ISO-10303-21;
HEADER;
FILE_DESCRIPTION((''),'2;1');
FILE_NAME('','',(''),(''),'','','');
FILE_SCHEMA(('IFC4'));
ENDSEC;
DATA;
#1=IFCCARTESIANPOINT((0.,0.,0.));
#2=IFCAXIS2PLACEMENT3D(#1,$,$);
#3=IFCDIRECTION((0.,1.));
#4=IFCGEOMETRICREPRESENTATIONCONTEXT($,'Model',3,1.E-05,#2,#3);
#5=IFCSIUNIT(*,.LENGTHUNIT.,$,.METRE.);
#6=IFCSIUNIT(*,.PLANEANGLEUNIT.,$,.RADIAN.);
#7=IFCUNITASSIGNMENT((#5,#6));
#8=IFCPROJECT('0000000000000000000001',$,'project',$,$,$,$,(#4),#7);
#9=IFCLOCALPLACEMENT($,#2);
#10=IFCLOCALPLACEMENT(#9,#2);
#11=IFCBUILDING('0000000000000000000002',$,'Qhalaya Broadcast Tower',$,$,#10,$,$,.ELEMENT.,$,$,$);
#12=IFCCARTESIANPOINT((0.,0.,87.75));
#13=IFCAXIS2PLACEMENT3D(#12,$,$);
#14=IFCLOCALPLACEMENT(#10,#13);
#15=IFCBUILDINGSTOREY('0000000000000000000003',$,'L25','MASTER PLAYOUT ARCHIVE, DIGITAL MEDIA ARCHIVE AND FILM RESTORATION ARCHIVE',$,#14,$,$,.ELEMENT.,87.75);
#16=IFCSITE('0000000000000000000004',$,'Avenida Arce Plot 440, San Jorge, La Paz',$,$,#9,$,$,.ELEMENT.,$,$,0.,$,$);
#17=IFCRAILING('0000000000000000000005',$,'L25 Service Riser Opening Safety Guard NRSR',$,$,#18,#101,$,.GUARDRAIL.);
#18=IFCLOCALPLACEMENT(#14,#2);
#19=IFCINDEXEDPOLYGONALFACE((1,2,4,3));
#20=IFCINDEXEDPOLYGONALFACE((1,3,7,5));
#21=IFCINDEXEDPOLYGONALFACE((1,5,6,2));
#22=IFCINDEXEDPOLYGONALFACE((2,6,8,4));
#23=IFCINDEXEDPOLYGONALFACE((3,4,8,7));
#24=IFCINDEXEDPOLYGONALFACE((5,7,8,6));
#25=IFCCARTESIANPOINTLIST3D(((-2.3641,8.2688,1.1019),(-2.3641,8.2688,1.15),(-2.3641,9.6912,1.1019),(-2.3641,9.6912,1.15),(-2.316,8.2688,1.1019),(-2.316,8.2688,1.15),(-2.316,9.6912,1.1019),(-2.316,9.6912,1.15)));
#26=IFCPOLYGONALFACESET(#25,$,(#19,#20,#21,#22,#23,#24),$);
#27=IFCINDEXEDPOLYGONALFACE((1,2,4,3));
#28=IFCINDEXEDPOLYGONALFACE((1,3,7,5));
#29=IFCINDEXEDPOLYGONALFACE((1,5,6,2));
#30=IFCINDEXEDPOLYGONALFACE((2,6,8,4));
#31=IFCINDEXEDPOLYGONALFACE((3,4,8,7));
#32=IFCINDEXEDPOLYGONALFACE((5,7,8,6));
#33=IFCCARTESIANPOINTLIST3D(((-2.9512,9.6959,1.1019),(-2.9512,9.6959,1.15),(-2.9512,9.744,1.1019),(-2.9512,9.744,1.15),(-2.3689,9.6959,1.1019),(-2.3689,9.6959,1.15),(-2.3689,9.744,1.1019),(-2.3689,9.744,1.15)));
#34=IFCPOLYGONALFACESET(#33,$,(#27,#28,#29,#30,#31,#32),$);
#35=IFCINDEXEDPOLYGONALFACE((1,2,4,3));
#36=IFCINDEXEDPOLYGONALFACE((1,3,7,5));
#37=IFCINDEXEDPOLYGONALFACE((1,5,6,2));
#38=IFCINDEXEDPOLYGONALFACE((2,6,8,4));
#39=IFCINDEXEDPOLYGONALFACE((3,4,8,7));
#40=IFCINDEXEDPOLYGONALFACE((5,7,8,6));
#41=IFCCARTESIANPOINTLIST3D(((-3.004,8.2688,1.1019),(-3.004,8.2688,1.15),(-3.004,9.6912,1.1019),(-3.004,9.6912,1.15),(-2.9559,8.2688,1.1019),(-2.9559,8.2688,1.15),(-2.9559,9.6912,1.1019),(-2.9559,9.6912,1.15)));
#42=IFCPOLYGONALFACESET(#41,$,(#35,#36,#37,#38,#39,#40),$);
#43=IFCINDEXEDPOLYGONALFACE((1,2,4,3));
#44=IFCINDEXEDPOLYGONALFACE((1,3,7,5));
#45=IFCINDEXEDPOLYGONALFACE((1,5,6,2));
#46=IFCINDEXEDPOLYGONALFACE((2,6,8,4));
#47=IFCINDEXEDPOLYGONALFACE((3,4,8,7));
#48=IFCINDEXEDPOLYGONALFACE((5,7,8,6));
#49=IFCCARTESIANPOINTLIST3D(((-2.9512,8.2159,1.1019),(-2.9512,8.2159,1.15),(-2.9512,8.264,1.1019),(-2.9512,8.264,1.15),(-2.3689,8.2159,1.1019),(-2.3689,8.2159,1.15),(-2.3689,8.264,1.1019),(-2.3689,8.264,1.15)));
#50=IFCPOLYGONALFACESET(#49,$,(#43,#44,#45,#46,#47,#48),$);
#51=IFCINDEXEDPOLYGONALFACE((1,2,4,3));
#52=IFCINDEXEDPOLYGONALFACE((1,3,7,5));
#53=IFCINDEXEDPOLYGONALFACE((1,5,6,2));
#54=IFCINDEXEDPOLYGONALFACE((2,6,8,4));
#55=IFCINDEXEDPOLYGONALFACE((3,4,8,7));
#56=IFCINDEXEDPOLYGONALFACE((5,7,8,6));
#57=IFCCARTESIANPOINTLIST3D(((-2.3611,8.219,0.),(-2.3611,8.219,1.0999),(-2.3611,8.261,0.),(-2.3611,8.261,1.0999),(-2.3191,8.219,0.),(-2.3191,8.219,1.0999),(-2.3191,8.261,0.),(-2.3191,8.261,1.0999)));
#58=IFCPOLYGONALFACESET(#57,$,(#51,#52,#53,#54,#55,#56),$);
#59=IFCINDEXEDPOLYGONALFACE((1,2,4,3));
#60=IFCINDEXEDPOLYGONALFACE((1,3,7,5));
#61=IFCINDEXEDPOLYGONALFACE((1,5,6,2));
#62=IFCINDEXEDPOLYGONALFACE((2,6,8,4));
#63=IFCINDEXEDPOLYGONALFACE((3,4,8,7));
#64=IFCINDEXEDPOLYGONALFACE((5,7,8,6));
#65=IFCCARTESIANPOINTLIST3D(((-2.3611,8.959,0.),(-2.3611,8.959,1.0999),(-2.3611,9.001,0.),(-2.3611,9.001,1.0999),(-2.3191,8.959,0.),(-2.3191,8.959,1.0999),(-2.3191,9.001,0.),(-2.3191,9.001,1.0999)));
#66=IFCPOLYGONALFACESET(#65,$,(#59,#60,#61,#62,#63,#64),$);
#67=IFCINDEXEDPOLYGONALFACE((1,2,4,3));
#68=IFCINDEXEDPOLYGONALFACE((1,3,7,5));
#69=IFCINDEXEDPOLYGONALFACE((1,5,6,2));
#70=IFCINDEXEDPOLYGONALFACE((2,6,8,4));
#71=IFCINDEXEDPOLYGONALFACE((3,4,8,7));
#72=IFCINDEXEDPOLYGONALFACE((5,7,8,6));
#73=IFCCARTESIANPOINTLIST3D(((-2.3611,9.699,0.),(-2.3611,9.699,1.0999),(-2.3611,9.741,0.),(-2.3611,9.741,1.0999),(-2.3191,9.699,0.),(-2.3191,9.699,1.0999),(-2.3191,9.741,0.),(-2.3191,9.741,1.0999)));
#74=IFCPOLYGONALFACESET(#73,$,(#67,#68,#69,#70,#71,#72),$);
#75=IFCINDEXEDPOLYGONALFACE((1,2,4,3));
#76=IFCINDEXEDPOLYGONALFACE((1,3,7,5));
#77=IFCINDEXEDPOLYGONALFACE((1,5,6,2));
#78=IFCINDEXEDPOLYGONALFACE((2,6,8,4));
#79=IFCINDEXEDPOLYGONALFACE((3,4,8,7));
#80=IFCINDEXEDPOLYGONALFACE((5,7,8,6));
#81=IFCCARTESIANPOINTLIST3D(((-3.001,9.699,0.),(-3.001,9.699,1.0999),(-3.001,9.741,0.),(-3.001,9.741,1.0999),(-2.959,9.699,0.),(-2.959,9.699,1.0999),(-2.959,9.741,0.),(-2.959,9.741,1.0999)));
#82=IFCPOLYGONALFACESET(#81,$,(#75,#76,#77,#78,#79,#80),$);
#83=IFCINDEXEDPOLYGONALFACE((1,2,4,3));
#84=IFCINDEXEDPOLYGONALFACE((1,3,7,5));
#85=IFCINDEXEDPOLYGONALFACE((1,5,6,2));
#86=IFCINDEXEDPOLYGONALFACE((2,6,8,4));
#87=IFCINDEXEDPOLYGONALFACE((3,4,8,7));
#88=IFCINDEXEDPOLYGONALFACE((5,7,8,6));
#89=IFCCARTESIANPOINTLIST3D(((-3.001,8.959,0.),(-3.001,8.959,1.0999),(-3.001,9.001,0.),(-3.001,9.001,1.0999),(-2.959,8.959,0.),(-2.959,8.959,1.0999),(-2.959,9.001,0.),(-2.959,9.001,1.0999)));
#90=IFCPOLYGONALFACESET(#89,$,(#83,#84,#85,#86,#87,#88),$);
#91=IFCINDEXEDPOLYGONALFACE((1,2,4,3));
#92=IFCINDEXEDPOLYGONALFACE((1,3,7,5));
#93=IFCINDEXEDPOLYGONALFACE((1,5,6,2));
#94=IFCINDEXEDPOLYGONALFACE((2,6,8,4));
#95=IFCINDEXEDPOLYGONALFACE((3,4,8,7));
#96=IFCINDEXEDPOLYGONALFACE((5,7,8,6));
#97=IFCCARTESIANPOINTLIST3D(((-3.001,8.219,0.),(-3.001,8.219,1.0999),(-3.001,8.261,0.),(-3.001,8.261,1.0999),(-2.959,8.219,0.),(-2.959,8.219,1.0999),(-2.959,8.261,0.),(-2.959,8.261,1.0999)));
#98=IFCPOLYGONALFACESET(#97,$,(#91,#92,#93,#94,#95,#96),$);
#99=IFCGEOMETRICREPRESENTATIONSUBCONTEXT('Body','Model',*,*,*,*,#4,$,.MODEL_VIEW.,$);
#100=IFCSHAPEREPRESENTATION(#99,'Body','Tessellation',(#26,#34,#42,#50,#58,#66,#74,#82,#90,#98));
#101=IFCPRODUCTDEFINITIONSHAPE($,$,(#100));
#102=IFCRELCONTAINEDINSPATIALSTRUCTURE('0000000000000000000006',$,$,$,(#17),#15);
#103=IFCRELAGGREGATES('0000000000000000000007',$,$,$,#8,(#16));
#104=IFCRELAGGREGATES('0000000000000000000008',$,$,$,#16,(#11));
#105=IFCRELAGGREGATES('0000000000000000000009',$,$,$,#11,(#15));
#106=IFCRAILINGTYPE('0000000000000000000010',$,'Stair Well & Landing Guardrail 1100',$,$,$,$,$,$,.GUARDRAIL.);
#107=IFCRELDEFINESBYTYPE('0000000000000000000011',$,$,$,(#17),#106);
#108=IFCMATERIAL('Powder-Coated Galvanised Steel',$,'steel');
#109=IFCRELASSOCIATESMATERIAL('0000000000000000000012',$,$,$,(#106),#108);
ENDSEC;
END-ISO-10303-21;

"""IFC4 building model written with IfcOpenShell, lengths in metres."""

from ifc_helpers import new_model, si_unit, direction, frame, origin, origin_2d, place, context, subcontext, project, spatial, rectangle, extrude, material, type_object, element, save


model = new_model("IFC4")

# Units and contexts
model_context = context("Model", 3, precision=1e-05, world=origin(), true_north=direction((0.0, 1.0)))
body_context = subcontext(model_context, "Body", "Model", "MODEL_VIEW")
ifc_project = project(units=[si_unit("LENGTHUNIT", "METRE"), si_unit("PLANEANGLEUNIT", "RADIAN")], contexts=[model_context])

# Site, building, storey
site_placement = place(None, origin())
site = spatial("IfcSite", under=ifc_project, at=site_placement, Name="Avenida Arce Plot 440, San Jorge, La Paz", CompositionType="ELEMENT", RefElevation=0.0)
building_placement = place(site_placement, origin())
building = spatial("IfcBuilding", under=site, at=building_placement, Name="Qhalaya Broadcast Tower", CompositionType="ELEMENT")
storey_placement = place(building_placement, frame((0.0, 0.0, 87.75)))
storey = spatial("IfcBuildingStorey", under=building, at=storey_placement, Name="L25", Description="MASTER PLAYOUT ARCHIVE, DIGITAL MEDIA ARCHIVE AND FILM RESTORATION ARCHIVE", CompositionType="ELEMENT", Elevation=87.75)

# Railing
ifc_material_1 = material(Name="Powder-Coated Galvanised Steel", Category="steel")
railing_type = type_object("IfcRailingType", Name="Stair Well & Landing Guardrail 1100", PredefinedType="GUARDRAIL", material=ifc_material_1)
railing_placement = place(storey_placement, frame((-2.3401, 8.24, 0.0)))
element("IfcRailing", 1, at=railing_placement, inside=storey, type_object=railing_type, Name="L25 Service Riser Opening Safety Guard NRSR", PredefinedType="GUARDRAIL", context=body_context, shape_type="SweptSolid", body=[
    extrude(rectangle(XDim=0.0481, YDim=0.0481, at=origin_2d()), frame((0.0, 0.0288, 1.126), z_axis=(0.0, 1.0, 0.0), x_axis=(-1.0, 0.0, 0.0)), (0.0, 0.0, 1.0), 1.4224),
    extrude(rectangle(XDim=0.0481, YDim=0.0481, at=origin_2d()), frame((-0.0288, 1.48, 1.126), z_axis=(-1.0, 0.0, 0.0), x_axis=(0.0, -1.0, 0.0)), (0.0, 0.0, 1.0), 0.5823),
    extrude(rectangle(XDim=0.0481, YDim=0.0481, at=origin_2d()), frame((-0.6399, 1.4512, 1.126), z_axis=(0.0, -1.0, 0.0), x_axis=(1.0, 0.0, 0.0)), (0.0, 0.0, 1.0), 1.4224),
    extrude(rectangle(XDim=0.0481, YDim=0.0481, at=origin_2d()), frame((-0.6111, 0.0, 1.126), z_axis=(1.0, 0.0, 0.0), x_axis=(0.0, 1.0, 0.0)), (0.0, 0.0, 1.0), 0.5823),
    extrude(rectangle(XDim=0.042, YDim=0.042, at=origin_2d()), origin(), (0.0, 0.0, 1.0), 1.0999),
    extrude(rectangle(XDim=0.042, YDim=0.042, at=origin_2d()), frame((0.0, 0.74, 0.0)), (0.0, 0.0, 1.0), 1.0999),
    extrude(rectangle(XDim=0.042, YDim=0.042, at=origin_2d()), frame((0.0, 1.48, 0.0)), (0.0, 0.0, 1.0), 1.0999),
    extrude(rectangle(XDim=0.042, YDim=0.042, at=origin_2d()), frame((-0.6399, 1.48, 0.0)), (0.0, 0.0, 1.0), 1.0999),
    extrude(rectangle(XDim=0.042, YDim=0.042, at=origin_2d()), frame((-0.6399, 0.74, 0.0)), (0.0, 0.0, 1.0), 1.0999),
    extrude(rectangle(XDim=0.042, YDim=0.042, at=origin_2d()), frame((-0.6399, 0.0, 0.0)), (0.0, 0.0, 1.0), 1.0999),
])

save(model, "model.ifc")
